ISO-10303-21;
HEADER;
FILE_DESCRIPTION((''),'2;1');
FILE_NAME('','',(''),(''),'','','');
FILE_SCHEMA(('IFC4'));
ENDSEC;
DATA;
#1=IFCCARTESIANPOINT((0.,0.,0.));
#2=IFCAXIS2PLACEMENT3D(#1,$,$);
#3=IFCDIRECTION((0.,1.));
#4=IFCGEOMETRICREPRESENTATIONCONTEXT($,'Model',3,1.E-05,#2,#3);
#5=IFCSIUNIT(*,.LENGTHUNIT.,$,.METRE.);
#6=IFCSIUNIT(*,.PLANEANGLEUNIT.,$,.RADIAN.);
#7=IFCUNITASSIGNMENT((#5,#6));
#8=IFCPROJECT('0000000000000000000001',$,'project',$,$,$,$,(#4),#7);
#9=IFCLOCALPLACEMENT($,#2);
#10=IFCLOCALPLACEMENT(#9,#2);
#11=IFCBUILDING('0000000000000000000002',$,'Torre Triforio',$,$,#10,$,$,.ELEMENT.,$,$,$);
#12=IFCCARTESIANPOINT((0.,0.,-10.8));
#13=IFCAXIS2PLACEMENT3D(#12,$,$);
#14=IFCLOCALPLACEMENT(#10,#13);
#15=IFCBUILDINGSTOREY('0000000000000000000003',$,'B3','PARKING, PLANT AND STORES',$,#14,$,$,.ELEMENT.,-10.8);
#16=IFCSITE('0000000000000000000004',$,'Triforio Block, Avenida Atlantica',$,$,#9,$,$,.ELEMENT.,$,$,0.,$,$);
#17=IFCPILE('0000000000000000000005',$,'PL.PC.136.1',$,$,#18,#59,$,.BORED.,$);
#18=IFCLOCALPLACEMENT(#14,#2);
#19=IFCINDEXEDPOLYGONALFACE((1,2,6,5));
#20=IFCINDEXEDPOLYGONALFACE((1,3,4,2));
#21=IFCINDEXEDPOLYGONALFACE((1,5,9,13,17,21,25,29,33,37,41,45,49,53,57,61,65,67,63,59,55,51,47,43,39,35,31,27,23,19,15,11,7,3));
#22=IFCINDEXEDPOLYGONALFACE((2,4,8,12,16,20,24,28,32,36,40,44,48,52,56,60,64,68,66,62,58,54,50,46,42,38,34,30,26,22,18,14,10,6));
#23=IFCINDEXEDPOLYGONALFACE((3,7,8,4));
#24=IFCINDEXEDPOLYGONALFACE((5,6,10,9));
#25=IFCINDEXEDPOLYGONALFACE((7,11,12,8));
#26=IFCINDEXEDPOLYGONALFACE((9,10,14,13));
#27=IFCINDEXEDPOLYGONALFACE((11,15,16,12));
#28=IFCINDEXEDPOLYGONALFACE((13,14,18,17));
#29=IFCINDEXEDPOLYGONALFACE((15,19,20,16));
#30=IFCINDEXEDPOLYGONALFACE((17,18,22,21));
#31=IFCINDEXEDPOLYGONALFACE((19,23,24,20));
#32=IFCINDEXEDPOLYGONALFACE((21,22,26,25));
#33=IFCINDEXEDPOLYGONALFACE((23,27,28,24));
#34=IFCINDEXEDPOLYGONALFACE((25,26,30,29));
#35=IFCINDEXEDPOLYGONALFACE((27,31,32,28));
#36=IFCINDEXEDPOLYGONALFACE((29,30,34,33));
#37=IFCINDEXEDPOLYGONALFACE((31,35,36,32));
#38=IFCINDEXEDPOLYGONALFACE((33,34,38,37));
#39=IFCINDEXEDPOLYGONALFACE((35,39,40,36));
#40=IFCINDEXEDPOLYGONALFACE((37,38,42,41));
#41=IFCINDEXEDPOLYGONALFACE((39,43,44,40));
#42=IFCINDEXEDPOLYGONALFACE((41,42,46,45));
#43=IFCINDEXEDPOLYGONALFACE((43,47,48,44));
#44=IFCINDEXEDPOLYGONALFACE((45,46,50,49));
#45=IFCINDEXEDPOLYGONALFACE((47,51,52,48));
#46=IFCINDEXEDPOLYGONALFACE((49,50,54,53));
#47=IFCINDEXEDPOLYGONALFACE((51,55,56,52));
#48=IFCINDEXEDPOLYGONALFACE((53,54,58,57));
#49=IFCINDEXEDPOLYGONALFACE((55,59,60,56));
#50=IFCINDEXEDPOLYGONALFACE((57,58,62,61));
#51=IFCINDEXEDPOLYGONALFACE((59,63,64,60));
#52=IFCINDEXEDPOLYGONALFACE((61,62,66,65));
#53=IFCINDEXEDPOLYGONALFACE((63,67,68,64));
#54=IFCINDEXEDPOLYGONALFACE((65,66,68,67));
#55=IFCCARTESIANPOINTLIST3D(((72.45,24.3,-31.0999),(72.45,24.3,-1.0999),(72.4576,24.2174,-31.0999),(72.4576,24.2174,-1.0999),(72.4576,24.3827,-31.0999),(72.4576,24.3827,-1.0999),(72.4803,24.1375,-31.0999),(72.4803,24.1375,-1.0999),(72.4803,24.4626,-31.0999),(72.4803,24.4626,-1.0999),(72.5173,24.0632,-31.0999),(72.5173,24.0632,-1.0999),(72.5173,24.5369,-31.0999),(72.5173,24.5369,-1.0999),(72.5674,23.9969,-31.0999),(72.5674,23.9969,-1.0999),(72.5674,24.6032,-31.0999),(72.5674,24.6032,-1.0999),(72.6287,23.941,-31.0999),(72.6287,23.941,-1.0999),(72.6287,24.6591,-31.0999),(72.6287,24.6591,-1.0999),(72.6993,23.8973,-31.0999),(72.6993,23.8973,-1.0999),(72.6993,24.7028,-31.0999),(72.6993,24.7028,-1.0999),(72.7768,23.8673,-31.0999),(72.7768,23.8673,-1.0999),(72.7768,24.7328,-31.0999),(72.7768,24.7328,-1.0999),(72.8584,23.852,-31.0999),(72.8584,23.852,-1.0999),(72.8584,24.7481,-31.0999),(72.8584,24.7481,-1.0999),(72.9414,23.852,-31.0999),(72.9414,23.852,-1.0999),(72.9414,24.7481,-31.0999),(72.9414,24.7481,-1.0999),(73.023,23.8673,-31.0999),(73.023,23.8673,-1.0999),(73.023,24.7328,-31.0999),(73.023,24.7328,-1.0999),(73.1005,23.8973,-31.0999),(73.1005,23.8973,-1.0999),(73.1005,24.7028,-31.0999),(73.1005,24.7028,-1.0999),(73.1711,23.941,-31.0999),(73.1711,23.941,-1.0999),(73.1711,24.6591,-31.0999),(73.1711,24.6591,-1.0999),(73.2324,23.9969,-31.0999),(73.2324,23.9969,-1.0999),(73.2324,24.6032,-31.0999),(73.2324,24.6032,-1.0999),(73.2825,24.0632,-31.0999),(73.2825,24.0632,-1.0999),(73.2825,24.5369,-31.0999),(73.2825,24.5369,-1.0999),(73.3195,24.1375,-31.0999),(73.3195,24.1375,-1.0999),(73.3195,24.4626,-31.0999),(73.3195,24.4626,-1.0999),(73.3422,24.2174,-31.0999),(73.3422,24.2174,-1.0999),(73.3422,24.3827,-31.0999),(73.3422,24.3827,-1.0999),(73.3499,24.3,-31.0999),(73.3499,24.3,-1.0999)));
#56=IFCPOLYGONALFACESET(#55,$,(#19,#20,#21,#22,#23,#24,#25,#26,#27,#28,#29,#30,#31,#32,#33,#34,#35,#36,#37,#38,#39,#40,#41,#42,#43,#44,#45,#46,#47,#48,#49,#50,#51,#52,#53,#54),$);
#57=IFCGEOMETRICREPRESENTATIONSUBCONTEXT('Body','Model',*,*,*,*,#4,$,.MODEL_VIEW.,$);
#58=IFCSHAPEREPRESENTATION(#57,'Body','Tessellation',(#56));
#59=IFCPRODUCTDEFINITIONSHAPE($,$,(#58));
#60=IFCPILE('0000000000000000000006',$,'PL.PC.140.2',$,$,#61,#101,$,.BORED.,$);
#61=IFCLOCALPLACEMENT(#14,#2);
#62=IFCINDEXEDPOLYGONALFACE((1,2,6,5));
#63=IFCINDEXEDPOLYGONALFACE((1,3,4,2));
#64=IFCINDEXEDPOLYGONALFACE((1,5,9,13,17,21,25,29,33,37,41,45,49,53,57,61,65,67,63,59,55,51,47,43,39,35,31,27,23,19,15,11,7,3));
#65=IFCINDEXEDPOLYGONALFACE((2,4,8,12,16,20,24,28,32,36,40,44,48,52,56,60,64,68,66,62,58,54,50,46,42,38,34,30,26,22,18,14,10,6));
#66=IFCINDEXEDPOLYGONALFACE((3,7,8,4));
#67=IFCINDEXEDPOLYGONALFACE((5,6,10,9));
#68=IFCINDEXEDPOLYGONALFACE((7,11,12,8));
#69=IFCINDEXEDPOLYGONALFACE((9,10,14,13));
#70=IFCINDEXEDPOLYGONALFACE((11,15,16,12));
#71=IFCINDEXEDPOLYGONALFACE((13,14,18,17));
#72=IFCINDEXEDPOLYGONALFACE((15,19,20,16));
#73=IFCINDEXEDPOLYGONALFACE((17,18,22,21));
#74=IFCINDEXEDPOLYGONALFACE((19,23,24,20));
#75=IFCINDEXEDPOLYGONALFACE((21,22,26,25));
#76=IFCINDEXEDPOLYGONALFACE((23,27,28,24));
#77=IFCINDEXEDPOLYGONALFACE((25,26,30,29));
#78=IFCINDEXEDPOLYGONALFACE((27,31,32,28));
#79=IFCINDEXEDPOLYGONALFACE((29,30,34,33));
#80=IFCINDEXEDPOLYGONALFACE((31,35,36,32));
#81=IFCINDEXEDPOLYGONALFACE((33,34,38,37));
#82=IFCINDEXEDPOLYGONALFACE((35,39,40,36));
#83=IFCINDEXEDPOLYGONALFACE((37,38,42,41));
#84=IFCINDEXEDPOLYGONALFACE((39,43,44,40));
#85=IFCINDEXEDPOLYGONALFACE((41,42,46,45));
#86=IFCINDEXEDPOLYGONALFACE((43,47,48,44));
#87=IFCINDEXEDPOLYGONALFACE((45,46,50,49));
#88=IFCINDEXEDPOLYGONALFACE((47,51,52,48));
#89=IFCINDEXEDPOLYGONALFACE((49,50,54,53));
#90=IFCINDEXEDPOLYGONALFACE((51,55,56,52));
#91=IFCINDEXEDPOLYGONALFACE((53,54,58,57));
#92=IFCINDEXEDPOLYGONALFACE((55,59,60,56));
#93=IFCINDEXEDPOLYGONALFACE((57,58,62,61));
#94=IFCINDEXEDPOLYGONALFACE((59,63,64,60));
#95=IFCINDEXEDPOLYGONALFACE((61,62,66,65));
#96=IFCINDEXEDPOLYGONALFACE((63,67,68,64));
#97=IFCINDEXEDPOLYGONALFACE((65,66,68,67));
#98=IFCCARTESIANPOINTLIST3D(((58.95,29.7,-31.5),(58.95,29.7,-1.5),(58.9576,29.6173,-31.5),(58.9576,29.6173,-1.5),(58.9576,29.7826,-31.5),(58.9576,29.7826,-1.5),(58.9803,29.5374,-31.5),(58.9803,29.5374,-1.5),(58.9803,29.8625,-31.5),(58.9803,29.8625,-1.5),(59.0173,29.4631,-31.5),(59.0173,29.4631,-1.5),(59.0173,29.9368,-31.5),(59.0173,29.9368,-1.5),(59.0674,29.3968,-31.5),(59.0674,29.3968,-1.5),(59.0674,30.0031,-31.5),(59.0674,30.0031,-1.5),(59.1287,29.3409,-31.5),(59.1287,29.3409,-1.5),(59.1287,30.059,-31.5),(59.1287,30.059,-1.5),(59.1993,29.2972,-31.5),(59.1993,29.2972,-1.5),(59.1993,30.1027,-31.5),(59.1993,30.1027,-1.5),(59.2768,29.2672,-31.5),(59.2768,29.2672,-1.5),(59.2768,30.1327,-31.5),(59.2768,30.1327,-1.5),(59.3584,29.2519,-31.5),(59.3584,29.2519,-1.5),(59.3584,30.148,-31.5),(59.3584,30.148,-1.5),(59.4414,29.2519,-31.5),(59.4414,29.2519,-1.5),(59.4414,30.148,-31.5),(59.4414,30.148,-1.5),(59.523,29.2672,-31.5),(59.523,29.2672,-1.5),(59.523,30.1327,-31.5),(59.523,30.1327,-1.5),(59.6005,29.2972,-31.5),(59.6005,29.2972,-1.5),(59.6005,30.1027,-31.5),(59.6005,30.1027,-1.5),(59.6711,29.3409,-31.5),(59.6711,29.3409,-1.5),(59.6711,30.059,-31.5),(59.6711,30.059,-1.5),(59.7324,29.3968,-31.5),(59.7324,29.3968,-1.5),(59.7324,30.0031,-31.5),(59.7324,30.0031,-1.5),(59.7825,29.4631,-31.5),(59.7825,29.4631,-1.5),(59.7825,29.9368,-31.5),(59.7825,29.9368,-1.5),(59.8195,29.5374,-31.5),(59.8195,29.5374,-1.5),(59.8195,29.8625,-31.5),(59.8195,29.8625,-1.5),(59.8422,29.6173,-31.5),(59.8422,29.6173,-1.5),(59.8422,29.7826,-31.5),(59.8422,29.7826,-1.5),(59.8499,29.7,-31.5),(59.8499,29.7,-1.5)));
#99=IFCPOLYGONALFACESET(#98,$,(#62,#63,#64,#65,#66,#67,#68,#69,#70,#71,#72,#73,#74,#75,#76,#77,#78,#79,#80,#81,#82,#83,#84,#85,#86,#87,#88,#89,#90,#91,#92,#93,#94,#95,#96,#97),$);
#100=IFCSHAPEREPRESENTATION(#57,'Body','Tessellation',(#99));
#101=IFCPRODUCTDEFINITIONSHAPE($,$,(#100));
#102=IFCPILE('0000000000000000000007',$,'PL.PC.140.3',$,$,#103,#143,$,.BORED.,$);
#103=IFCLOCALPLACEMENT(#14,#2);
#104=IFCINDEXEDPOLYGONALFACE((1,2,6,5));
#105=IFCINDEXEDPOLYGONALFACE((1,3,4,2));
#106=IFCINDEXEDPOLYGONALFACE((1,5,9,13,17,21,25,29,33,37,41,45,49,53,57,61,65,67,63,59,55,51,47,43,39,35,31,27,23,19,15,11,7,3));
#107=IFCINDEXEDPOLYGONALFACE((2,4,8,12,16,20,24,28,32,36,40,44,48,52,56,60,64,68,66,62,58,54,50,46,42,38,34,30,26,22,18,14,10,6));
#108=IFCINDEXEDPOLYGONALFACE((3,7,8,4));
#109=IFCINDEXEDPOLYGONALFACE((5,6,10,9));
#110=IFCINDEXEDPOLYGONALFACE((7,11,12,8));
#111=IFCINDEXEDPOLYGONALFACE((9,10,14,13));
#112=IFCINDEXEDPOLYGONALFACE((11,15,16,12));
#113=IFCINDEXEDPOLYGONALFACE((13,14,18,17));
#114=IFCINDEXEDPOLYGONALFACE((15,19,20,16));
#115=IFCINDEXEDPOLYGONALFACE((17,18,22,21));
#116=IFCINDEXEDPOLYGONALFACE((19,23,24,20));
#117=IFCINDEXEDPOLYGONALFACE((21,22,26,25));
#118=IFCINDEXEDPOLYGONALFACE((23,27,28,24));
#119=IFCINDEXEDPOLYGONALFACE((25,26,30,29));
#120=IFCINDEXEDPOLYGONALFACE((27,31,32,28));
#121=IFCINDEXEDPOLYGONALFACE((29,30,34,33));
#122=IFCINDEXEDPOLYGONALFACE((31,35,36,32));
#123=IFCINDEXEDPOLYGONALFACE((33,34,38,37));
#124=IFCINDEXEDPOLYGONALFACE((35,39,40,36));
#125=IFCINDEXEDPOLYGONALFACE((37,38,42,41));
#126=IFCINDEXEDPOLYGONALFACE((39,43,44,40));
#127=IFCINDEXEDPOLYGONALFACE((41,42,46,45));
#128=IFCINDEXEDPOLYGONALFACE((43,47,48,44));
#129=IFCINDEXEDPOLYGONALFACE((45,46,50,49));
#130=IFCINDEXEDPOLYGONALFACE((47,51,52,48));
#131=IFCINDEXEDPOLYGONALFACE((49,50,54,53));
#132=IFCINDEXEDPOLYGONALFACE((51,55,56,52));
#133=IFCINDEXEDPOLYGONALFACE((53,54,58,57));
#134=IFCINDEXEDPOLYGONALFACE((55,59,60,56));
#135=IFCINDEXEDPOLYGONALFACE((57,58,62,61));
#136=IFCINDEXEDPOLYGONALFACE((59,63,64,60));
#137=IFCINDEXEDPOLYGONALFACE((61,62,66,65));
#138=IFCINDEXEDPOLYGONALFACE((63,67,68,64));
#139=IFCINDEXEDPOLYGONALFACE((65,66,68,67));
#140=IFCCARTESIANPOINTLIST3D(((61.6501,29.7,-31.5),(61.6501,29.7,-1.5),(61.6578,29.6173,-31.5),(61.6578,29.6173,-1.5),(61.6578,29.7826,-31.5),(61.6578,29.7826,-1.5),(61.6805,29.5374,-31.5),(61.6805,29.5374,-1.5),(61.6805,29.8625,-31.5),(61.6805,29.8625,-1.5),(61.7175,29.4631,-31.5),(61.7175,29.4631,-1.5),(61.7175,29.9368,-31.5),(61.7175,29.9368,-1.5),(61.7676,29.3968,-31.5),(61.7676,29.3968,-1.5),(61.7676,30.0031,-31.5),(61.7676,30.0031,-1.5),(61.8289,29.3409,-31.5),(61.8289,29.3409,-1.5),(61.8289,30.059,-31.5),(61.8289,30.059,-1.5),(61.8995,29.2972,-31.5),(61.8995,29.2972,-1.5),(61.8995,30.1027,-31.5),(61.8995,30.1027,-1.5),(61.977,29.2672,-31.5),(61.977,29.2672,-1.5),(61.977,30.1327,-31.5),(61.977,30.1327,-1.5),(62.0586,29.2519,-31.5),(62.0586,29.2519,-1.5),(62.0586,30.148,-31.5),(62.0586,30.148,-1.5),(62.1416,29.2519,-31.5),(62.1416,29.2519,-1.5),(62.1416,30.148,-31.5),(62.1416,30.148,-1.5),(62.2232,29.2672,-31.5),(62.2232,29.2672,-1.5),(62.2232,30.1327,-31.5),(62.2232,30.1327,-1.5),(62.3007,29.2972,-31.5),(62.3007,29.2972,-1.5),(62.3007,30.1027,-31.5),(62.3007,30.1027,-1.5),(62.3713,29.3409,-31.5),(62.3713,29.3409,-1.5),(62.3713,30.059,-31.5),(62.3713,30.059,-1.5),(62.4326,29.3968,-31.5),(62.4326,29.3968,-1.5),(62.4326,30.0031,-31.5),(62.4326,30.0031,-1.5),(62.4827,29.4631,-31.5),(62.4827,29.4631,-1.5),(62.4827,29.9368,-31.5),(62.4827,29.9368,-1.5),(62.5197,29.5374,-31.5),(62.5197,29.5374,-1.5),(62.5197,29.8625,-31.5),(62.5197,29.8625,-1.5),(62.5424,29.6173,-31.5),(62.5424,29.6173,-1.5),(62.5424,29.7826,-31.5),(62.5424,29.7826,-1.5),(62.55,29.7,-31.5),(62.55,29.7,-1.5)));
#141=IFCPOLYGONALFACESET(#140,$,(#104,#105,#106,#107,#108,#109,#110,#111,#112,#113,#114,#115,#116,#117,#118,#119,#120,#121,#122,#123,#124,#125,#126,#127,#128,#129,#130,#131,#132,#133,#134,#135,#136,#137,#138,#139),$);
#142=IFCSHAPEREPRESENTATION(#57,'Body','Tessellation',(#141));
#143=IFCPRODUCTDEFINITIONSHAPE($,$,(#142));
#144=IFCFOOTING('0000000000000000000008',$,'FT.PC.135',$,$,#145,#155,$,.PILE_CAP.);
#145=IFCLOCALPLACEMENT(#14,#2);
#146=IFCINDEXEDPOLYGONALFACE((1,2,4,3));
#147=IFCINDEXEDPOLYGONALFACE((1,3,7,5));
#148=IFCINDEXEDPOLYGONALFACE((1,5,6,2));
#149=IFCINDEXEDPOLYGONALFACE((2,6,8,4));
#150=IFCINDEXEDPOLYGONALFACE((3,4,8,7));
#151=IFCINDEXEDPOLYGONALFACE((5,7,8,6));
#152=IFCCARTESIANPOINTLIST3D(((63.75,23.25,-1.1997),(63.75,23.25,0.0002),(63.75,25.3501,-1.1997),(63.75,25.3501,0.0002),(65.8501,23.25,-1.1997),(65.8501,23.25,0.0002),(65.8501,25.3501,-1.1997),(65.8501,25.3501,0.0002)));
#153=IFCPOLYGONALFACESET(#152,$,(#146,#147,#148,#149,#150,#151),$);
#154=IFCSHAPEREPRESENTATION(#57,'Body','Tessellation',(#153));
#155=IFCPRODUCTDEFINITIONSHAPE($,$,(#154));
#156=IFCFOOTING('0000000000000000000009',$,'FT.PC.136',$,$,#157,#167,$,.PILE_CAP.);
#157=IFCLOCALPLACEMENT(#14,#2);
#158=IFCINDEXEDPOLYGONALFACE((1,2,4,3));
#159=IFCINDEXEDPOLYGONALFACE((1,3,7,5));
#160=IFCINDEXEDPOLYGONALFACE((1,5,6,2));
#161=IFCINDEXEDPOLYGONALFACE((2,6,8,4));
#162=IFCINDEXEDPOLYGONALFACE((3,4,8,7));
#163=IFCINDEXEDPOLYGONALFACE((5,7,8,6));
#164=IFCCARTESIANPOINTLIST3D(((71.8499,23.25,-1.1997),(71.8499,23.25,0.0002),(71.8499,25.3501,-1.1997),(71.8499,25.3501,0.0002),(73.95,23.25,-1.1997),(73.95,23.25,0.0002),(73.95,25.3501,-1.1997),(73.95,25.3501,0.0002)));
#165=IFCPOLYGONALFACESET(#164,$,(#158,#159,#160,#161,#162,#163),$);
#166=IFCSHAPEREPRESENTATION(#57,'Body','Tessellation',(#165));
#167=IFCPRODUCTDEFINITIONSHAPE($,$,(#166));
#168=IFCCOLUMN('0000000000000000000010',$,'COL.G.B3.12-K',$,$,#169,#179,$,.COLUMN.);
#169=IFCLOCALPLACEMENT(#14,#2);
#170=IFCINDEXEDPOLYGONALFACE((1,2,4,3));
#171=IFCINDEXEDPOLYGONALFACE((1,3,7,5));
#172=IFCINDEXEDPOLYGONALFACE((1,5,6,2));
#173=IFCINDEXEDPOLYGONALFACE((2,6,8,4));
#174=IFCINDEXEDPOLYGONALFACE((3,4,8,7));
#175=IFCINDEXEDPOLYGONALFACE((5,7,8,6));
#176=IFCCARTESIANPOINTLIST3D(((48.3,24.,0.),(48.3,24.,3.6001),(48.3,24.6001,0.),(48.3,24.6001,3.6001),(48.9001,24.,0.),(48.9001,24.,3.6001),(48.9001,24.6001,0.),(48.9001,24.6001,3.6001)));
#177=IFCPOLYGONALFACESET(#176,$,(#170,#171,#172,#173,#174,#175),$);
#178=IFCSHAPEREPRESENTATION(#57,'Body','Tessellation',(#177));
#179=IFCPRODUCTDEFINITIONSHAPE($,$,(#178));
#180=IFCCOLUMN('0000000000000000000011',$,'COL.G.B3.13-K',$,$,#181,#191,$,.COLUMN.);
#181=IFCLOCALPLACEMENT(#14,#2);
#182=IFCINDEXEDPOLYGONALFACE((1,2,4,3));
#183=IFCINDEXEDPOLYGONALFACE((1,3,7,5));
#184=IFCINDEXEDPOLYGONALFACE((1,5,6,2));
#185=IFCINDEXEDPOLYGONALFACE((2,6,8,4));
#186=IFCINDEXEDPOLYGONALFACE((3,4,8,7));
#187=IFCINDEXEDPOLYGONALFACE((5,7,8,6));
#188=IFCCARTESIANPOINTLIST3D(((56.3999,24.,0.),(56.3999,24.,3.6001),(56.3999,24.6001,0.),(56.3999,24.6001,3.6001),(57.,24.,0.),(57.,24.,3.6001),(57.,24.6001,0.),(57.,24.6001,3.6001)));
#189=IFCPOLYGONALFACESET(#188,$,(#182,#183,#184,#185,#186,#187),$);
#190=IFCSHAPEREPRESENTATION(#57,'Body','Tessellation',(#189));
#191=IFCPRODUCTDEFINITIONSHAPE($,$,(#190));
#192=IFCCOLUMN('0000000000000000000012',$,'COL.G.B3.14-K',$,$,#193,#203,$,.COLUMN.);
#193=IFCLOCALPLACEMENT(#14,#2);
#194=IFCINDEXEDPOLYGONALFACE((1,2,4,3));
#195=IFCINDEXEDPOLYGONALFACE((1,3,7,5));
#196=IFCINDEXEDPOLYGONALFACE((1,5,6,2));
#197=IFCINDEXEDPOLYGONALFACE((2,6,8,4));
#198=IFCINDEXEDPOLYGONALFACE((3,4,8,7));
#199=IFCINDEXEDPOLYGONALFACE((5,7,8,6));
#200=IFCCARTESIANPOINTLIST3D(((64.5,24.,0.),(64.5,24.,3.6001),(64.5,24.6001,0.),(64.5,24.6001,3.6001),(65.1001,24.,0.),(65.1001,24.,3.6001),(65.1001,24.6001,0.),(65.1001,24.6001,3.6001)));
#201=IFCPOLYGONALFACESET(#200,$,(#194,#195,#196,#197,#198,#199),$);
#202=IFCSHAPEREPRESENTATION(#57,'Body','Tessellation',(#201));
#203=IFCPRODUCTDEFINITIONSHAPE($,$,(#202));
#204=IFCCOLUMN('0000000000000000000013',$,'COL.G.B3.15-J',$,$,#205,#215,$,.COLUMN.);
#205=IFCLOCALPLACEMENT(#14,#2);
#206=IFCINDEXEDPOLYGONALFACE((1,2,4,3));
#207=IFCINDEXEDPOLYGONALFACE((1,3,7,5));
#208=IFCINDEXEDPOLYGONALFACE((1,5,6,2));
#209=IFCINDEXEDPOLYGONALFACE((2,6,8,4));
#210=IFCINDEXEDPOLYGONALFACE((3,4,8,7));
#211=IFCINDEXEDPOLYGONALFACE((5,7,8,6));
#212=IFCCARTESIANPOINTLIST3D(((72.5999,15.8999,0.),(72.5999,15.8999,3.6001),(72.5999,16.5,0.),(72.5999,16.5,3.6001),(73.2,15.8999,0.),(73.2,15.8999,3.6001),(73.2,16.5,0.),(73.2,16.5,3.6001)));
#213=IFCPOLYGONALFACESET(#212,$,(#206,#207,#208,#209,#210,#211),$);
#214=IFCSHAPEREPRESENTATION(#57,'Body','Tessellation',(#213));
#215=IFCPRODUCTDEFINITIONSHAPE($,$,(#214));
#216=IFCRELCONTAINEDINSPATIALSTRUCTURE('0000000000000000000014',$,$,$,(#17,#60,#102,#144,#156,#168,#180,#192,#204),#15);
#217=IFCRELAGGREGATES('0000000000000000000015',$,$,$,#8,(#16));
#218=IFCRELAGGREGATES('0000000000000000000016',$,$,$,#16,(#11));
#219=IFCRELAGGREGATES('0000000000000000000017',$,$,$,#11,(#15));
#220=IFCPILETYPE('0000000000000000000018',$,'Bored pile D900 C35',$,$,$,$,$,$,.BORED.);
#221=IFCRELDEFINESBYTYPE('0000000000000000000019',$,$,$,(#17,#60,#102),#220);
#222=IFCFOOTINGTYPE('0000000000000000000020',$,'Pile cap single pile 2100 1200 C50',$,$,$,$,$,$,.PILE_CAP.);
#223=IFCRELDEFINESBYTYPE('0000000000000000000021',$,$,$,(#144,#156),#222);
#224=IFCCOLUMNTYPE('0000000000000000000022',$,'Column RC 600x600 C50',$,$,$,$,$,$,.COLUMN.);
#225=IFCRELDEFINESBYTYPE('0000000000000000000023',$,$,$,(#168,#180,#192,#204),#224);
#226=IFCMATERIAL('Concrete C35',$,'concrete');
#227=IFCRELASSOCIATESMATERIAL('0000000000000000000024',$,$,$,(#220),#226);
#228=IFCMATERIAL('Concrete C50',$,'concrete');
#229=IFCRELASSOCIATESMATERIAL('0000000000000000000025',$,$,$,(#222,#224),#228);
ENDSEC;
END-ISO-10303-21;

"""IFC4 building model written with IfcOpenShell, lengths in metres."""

from ifc_helpers import new_model, si_unit, direction, frame, origin, origin_2d, place, context, subcontext, project, spatial, rectangle, circle, extrude, material, material_profile, profile_set, type_object, element, save


model = new_model("IFC4")

# Units and contexts
model_context = context("Model", 3, precision=1e-05, world=origin(), true_north=direction((0.0, 1.0)))
body_context = subcontext(model_context, "Body", "Model", "MODEL_VIEW")
ifc_project = project(units=[si_unit("LENGTHUNIT", "METRE"), si_unit("PLANEANGLEUNIT", "RADIAN")], contexts=[model_context])

# Site, building, storey
site_placement = place(None, origin())
site = spatial("IfcSite", under=ifc_project, at=site_placement, Name="Triforio Block, Avenida Atlantica", CompositionType="ELEMENT", RefElevation=0.0)
building_placement = place(site_placement, origin())
building = spatial("IfcBuilding", under=site, at=building_placement, Name="Torre Triforio", CompositionType="ELEMENT")
storey_placement = place(building_placement, frame((0.0, 0.0, -10.8)))
storey = spatial("IfcBuildingStorey", under=building, at=storey_placement, Name="B3", Description="PARKING, PLANT AND STORES", CompositionType="ELEMENT", Elevation=-10.8)

# Piles
ifc_material_1 = material(Name="Concrete C35", Category="concrete")
ifc_material_profile_1 = material_profile(ifc_material_1, circle(Radius=0.45, at=origin_2d()), Name="RC D900")
ifc_profile_set_1 = profile_set([ifc_material_profile_1], Name="Concrete C35")
pile_type = type_object("IfcPileType", Name="Bored pile D900 C35", PredefinedType="BORED", material=ifc_profile_set_1)
for number, where, z_axis, x_axis, name in (
    (1, (72.8999, 24.3, -1.0999), (0.0, 0.0, -1.0), (1.0, 0.0, 0.0), "PL.PC.136.1"),
    (2, (59.3999, 29.7, -1.5), (0.0, 0.0, -1.0), (1.0, 0.0, 0.0), "PL.PC.140.2"),
    (3, (62.1001, 29.7, -1.5), (0.0, 0.0, -1.0), (1.0, 0.0, 0.0), "PL.PC.140.3"),
):
    element("IfcPile", number, at=place(storey_placement, frame(where, z_axis=z_axis, x_axis=x_axis)), inside=storey, type_object=pile_type, Name=name, PredefinedType="BORED", context=body_context, shape_type="SweptSolid", body=[
        extrude(circle(Radius=0.45, at=origin_2d()), origin(), (0.0, 0.0, 1.0), 30.0),
    ])

# Footings
ifc_material_2 = material(Name="Concrete C50", Category="concrete")
footing_type = type_object("IfcFootingType", Name="Pile cap single pile 2100 1200 C50", PredefinedType="PILE_CAP", material=ifc_material_2)
for number, where, z_axis, x_axis, name in (
    (4, (64.8, 24.3, -1.1997), (0.0, 0.0, 1.0), (1.0, 0.0, 0.0), "FT.PC.135"),
    (5, (72.8999, 24.3, -1.1997), (0.0, 0.0, 1.0), (1.0, 0.0, 0.0), "FT.PC.136"),
):
    element("IfcFooting", number, at=place(storey_placement, frame(where, z_axis=z_axis, x_axis=x_axis)), inside=storey, type_object=footing_type, Name=name, PredefinedType="PILE_CAP", context=body_context, shape_type="SweptSolid", body=[
        extrude(rectangle(XDim=2.1001, YDim=2.1001, at=origin_2d()), origin(), (0.0, 0.0, 1.0), 1.2),
    ])

# Columns
ifc_material_profile_2 = material_profile(ifc_material_2, rectangle(XDim=0.6001, YDim=0.6001, at=origin_2d()), Name="RC 600x600")
ifc_profile_set_2 = profile_set([ifc_material_profile_2], Name="Concrete C50")
column_type_1 = type_object("IfcColumnType", Name="Column RC 600x600 C50", PredefinedType="COLUMN", material=ifc_profile_set_2)
for number, where, z_axis, x_axis, name in (
    (6, (48.6001, 24.3, 0.0), (0.0, 0.0, 1.0), (1.0, 0.0, 0.0), "COL.G.B3.12-K"),
    (7, (56.7, 24.3, 0.0), (0.0, 0.0, 1.0), (1.0, 0.0, 0.0), "COL.G.B3.13-K"),
    (8, (64.8, 24.3, 0.0), (0.0, 0.0, 1.0), (1.0, 0.0, 0.0), "COL.G.B3.14-K"),
    (9, (72.8999, 16.2, 0.0), (0.0, 0.0, 1.0), (1.0, 0.0, 0.0), "COL.G.B3.15-J"),
):
    element("IfcColumn", number, at=place(storey_placement, frame(where, z_axis=z_axis, x_axis=x_axis)), inside=storey, type_object=column_type_1, Name=name, PredefinedType="COLUMN", context=body_context, shape_type="SweptSolid", body=[
        extrude(rectangle(XDim=0.6001, YDim=0.6001, at=origin_2d()), origin(), (0.0, 0.0, 1.0), 3.6001),
    ])

save(model, "model.ifc")
